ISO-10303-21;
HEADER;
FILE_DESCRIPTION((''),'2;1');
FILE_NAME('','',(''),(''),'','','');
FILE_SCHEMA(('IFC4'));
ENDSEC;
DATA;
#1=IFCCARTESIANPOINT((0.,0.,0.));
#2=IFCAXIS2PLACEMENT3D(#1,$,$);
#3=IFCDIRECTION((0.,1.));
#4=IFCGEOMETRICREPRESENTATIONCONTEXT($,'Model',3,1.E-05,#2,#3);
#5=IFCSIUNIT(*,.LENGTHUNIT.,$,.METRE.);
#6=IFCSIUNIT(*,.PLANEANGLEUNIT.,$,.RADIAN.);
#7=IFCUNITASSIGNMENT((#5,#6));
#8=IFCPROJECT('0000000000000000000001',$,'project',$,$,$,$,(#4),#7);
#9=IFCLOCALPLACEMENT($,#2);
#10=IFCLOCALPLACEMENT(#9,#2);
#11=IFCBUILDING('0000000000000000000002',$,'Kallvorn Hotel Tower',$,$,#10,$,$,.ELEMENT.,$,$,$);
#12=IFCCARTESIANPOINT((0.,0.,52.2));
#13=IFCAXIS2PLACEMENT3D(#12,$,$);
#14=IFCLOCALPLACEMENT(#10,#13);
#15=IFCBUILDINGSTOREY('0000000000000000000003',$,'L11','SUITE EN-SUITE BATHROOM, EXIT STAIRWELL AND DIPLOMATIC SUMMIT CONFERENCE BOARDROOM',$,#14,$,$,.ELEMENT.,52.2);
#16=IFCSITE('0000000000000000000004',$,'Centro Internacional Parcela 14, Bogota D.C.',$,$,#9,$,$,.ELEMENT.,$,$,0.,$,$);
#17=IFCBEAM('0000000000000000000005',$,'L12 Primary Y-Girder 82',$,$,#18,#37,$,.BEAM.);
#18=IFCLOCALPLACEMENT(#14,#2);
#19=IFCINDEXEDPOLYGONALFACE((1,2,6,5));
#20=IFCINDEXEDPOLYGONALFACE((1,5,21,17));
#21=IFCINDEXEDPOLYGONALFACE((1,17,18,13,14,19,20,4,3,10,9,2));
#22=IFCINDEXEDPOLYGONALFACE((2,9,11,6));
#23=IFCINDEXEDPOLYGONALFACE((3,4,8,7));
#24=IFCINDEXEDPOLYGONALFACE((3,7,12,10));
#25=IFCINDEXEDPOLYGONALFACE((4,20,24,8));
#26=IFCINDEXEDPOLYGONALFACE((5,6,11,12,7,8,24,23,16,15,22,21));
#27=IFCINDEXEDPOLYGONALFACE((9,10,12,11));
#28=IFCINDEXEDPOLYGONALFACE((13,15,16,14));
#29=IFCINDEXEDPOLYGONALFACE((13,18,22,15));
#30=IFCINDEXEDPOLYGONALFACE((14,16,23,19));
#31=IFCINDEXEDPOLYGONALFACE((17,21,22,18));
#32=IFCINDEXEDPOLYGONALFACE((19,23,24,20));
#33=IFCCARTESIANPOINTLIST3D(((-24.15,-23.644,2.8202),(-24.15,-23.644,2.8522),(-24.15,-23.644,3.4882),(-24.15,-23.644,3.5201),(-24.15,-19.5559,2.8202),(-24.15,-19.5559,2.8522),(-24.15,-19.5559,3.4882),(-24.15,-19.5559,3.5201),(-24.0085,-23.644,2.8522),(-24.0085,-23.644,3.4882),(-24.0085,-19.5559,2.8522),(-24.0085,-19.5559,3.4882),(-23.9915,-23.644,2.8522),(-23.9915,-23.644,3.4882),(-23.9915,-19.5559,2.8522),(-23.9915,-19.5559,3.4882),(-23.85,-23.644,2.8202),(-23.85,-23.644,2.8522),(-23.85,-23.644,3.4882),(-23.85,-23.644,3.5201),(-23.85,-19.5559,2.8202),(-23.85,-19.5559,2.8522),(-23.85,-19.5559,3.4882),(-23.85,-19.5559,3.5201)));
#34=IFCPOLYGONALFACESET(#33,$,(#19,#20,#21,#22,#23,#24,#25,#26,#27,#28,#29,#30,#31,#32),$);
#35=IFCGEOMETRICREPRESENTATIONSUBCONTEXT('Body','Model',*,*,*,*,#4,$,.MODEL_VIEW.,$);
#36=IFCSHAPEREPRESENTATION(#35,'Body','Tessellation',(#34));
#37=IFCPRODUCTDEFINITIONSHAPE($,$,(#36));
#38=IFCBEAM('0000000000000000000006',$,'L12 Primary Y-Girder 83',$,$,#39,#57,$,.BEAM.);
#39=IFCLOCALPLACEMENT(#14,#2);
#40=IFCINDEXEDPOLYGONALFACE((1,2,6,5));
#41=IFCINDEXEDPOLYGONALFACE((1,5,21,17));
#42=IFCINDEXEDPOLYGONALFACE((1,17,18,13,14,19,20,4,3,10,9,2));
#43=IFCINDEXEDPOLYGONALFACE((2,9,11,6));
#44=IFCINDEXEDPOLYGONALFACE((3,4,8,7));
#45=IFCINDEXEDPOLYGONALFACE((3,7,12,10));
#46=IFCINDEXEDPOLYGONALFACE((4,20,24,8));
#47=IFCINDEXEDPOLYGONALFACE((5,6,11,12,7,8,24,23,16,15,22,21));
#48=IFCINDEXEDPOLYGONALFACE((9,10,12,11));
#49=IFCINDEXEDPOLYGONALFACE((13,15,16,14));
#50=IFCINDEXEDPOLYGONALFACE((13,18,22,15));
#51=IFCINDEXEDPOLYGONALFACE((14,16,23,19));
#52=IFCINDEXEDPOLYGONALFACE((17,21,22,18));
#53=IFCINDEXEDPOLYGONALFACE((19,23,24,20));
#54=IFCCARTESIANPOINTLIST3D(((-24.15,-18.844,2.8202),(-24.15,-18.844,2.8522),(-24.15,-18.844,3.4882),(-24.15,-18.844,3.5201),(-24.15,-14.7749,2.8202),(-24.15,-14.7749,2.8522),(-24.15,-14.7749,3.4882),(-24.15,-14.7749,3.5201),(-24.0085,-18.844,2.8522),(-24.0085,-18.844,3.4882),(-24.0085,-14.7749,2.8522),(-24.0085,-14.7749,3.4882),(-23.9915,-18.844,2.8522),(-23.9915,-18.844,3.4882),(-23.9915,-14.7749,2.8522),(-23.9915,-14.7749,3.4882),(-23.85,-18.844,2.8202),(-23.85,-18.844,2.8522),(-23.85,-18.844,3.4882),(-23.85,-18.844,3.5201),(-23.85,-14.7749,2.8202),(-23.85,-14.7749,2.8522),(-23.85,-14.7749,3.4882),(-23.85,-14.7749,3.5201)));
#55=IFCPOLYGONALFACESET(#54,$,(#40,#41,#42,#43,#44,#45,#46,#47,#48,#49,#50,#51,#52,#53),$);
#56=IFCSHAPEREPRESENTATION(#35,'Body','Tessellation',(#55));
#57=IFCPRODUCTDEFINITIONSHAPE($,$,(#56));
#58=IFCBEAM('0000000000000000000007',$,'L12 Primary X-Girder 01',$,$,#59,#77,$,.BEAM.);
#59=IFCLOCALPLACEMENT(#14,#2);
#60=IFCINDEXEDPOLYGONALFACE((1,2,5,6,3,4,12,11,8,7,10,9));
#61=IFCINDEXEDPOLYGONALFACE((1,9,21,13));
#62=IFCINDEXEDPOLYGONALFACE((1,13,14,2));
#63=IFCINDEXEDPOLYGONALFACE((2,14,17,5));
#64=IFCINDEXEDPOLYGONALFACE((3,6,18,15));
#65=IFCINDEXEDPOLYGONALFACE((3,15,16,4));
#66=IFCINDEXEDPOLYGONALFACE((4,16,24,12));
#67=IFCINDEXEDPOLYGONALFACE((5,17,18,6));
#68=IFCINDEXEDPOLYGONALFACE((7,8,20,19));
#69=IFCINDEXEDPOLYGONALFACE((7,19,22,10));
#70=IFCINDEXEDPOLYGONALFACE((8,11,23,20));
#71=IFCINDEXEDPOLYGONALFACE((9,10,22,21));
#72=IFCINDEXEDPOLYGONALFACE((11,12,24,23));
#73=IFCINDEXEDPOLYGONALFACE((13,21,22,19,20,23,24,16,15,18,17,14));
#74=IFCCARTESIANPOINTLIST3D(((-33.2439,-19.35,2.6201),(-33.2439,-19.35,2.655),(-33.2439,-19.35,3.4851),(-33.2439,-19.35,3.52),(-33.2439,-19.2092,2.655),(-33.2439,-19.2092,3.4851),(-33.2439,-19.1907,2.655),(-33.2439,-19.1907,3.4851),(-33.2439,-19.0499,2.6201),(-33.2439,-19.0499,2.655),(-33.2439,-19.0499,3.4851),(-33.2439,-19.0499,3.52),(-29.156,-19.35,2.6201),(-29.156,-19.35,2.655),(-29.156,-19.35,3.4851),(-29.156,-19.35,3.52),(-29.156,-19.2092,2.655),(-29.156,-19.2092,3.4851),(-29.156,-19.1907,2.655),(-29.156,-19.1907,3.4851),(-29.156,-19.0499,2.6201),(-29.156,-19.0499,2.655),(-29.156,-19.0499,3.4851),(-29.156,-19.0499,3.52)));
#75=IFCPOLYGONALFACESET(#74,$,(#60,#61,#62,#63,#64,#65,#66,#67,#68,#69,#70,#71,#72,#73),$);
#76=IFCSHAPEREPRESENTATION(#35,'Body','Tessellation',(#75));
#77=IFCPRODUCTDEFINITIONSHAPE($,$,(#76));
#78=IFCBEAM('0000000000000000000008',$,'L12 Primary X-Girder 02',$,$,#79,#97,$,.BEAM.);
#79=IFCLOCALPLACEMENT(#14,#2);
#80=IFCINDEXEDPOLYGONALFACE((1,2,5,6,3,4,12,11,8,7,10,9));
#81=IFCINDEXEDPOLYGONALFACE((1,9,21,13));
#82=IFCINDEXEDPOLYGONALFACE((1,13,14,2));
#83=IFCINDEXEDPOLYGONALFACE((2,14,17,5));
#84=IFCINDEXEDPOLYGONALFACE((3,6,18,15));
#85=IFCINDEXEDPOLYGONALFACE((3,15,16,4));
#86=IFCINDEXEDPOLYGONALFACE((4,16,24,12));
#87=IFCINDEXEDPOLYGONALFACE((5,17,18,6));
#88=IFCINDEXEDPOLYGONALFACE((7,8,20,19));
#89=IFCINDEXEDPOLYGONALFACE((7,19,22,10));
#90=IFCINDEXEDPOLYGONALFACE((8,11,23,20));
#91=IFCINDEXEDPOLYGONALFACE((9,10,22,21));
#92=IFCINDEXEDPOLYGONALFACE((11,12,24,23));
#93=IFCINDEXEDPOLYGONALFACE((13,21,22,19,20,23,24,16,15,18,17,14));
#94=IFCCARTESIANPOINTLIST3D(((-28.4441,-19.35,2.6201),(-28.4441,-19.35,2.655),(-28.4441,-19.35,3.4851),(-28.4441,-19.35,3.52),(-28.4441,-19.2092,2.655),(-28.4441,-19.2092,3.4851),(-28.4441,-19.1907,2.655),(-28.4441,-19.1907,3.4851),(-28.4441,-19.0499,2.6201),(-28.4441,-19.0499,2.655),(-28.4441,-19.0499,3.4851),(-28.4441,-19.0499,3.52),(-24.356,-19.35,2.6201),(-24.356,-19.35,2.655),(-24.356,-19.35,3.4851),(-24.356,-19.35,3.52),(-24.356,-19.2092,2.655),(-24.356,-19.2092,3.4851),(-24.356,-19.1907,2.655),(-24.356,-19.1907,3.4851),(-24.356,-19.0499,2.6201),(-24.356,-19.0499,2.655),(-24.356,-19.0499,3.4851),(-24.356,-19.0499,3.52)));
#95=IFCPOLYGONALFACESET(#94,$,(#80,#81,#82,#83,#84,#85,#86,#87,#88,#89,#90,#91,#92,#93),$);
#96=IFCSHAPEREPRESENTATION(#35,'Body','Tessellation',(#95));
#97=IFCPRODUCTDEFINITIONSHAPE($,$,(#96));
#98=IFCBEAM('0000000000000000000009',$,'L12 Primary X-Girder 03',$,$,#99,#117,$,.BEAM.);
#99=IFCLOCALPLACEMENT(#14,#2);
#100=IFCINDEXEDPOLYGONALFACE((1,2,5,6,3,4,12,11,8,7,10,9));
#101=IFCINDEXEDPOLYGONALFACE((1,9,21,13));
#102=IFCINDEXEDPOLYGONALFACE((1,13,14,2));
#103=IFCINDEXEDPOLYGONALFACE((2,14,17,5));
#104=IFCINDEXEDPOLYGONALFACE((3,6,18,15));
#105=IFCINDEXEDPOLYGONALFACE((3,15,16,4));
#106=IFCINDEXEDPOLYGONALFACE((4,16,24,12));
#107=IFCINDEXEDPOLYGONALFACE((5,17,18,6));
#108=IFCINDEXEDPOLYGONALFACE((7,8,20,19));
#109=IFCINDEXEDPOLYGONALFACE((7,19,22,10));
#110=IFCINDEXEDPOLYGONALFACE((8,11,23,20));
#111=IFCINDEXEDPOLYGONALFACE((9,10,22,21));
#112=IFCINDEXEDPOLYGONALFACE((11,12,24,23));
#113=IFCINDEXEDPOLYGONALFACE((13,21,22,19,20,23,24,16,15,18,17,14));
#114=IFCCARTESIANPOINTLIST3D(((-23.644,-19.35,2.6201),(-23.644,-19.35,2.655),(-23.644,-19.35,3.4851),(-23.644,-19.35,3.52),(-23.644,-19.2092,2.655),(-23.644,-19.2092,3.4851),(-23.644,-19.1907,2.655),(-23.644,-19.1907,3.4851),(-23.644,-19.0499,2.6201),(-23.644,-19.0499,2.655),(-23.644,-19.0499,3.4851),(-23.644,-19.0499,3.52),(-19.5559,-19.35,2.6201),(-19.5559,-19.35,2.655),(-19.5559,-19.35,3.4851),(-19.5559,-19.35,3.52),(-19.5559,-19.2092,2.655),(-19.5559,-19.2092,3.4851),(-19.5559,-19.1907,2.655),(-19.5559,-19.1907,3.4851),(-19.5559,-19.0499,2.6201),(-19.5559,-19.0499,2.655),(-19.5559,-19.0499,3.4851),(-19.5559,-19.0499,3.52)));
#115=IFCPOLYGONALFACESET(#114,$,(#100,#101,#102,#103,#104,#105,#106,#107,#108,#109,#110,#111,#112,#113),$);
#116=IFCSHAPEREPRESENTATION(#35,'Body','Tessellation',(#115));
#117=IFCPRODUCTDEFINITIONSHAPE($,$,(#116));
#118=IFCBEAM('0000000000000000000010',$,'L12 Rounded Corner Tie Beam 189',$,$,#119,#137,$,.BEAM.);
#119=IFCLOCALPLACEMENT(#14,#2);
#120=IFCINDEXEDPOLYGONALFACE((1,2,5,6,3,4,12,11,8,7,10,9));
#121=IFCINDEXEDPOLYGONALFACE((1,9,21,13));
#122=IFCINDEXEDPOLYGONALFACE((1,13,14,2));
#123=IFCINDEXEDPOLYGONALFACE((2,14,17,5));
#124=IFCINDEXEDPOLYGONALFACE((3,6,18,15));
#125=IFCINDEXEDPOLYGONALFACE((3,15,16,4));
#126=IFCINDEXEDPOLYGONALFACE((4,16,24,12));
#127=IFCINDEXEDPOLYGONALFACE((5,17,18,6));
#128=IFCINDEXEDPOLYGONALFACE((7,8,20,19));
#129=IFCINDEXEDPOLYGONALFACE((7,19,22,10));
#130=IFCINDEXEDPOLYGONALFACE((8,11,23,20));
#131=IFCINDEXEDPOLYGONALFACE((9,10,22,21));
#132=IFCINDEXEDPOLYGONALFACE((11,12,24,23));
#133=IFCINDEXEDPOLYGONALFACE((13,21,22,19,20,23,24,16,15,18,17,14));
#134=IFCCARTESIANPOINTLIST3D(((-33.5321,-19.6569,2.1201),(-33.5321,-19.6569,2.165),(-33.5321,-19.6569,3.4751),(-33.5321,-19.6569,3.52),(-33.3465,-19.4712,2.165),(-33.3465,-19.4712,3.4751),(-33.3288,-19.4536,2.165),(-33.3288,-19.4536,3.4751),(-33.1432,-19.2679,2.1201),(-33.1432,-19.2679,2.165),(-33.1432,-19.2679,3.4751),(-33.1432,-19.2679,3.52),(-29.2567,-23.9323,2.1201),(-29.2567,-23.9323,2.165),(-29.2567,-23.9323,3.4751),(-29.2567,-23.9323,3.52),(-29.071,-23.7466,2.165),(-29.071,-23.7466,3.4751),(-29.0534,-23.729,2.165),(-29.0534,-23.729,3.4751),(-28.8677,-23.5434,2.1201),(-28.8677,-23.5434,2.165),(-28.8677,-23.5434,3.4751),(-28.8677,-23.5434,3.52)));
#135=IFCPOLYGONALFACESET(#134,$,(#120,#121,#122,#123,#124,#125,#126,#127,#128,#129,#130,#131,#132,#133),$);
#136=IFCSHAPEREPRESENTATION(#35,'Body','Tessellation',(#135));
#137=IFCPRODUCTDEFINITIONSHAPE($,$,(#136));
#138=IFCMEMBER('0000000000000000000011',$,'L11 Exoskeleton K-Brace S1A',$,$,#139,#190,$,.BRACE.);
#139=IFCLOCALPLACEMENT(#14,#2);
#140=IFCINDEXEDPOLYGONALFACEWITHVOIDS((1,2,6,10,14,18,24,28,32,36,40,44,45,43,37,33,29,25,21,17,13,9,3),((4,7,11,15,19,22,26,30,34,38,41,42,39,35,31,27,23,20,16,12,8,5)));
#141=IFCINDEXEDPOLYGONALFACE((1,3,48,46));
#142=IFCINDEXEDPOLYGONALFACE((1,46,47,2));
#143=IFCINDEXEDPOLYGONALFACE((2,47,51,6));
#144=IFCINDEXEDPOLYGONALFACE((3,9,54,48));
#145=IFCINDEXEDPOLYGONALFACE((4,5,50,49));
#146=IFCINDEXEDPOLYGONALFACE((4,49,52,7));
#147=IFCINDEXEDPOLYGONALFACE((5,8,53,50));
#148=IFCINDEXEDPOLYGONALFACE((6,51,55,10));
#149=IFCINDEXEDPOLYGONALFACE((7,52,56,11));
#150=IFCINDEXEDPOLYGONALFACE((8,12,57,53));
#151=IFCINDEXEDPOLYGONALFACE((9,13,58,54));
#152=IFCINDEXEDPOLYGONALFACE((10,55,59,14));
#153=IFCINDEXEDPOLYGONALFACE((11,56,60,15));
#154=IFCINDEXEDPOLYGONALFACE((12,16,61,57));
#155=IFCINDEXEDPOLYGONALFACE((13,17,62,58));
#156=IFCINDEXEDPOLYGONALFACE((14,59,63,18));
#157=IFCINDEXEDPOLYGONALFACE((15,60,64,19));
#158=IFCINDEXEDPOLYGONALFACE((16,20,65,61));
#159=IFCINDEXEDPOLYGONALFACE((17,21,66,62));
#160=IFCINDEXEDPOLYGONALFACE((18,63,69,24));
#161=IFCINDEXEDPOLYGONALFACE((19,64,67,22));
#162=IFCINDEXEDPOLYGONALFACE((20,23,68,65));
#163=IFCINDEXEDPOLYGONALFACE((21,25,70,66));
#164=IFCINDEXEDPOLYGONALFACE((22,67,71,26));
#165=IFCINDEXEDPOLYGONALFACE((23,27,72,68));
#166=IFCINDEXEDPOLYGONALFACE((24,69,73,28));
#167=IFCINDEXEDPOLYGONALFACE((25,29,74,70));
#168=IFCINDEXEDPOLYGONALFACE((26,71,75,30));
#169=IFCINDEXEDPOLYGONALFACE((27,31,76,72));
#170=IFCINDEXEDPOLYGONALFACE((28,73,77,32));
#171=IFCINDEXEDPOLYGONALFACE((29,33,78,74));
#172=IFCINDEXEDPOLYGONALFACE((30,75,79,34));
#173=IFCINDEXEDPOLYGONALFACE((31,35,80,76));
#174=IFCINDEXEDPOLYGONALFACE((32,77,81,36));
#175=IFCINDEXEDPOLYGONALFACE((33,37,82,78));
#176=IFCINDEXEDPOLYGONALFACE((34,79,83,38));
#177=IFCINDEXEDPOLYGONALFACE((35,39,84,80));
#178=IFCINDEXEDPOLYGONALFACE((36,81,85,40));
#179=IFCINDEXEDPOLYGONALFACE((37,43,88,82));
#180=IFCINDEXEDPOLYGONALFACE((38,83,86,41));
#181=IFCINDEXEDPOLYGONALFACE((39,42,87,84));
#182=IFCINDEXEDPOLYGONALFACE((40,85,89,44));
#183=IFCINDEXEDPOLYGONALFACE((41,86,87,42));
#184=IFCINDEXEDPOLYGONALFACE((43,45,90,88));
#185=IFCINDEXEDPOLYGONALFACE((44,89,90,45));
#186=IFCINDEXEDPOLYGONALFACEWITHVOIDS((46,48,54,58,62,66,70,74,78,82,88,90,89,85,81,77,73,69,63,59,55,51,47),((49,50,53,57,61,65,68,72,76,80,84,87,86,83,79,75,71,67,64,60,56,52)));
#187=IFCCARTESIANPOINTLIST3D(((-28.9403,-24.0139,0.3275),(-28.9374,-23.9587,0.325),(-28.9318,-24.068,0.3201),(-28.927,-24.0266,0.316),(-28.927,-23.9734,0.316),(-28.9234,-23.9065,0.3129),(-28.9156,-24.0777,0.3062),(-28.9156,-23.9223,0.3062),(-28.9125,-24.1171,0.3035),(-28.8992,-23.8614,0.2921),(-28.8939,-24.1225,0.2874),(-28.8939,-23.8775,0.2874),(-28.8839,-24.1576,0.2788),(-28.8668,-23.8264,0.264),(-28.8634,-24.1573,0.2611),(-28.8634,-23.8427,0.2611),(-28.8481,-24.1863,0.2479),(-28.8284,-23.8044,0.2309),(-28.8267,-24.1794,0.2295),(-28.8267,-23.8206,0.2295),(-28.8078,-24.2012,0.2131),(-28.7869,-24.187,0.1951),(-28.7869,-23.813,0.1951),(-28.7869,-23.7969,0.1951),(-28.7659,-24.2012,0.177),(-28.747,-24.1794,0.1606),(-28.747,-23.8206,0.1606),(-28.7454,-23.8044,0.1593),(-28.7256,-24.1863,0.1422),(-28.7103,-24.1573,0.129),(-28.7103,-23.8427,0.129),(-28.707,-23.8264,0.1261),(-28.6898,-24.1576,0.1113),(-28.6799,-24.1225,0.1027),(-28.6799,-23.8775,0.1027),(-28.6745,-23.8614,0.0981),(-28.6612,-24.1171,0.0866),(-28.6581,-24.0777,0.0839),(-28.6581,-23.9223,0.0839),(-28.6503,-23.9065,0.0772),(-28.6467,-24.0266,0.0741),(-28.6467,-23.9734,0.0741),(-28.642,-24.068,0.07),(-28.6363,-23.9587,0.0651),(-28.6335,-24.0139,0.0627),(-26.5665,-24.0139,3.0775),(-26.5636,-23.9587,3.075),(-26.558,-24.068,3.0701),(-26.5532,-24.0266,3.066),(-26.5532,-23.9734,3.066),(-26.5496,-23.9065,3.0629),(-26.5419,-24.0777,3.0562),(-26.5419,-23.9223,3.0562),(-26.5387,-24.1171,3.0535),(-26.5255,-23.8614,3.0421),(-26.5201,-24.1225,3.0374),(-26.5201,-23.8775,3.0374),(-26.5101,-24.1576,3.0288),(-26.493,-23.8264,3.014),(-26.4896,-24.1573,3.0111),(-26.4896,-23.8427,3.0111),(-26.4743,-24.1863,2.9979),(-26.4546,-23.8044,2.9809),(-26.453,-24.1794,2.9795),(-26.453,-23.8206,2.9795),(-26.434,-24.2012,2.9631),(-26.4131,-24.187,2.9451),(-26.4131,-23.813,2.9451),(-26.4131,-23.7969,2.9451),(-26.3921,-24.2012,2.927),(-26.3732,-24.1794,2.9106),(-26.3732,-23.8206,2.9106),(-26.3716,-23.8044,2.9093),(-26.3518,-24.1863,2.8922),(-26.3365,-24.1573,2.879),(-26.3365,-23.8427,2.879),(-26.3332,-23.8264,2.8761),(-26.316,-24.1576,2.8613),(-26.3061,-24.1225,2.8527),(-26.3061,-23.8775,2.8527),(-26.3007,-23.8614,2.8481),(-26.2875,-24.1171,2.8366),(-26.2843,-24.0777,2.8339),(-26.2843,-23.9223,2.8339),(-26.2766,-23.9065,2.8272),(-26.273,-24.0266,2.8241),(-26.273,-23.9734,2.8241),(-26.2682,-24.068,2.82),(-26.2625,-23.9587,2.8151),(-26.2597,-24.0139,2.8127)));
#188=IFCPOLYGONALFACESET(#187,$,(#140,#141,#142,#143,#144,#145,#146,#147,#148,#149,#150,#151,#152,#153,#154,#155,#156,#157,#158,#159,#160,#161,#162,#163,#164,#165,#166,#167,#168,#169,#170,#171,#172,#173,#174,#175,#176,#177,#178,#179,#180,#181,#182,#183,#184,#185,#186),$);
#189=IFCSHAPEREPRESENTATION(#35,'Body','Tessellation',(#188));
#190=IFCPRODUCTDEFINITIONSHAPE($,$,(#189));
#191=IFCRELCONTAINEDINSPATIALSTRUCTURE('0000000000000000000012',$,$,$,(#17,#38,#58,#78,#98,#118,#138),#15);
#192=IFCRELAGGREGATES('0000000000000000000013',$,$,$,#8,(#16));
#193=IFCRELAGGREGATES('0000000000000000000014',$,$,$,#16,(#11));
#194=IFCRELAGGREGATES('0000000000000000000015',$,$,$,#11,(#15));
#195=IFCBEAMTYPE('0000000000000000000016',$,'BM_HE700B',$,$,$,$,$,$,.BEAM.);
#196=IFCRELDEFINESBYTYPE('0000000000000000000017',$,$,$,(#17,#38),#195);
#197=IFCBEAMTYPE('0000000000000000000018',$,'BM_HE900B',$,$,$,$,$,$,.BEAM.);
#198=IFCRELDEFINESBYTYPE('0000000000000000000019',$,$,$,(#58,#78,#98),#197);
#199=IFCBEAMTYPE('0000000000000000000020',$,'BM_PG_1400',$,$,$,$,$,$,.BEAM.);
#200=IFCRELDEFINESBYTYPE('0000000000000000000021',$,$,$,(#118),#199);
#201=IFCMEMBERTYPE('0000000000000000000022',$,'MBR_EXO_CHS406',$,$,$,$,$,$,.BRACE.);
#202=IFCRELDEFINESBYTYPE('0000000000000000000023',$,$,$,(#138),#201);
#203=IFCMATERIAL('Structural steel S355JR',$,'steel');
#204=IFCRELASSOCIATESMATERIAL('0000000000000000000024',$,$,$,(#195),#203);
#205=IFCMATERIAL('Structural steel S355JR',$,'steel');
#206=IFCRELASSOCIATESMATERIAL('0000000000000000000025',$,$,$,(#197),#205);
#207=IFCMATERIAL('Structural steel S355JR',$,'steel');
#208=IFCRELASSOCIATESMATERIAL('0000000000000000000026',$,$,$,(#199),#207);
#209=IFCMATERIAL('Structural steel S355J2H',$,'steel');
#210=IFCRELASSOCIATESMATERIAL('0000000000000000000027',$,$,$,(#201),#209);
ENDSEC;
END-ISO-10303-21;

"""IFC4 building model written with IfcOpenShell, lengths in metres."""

from ifc_helpers import new_model, si_unit, direction, frame, origin, origin_2d, place, context, subcontext, project, spatial, hollow_circle, i_section, extrude, material, material_profile, profile_set, type_object, element, save


model = new_model("IFC4")

# Units and contexts
model_context = context("Model", 3, precision=1e-05, world=origin(), true_north=direction((0.0, 1.0)))
body_context = subcontext(model_context, "Body", "Model", "MODEL_VIEW")
ifc_project = project(units=[si_unit("LENGTHUNIT", "METRE"), si_unit("PLANEANGLEUNIT", "RADIAN")], contexts=[model_context])

# Site, building, storey
site_placement = place(None, origin())
site = spatial("IfcSite", under=ifc_project, at=site_placement, Name="Centro Internacional Parcela 14, Bogota D.C.", CompositionType="ELEMENT", RefElevation=0.0)
building_placement = place(site_placement, origin())
building = spatial("IfcBuilding", under=site, at=building_placement, Name="Kallvorn Hotel Tower", CompositionType="ELEMENT")
storey_placement = place(building_placement, frame((0.0, 0.0, 52.2)))
storey = spatial("IfcBuildingStorey", under=building, at=storey_placement, Name="L11", Description="SUITE EN-SUITE BATHROOM, EXIT STAIRWELL AND DIPLOMATIC SUMMIT CONFERENCE BOARDROOM", CompositionType="ELEMENT", Elevation=52.2)

# Beams
ifc_material_1 = material(Name="Structural steel S355JR", Category="steel")
ifc_material_profile_1 = material_profile(ifc_material_1, i_section(OverallWidth=0.3, OverallDepth=0.7, WebThickness=0.0171, FlangeThickness=0.032, at=origin_2d()), Name="HE 700 B")
ifc_profile_set_1 = profile_set([ifc_material_profile_1], Name="Structural steel S355JR")
beam_type_1 = type_object("IfcBeamType", Name="BM_HE700B", PredefinedType="BEAM", material=ifc_profile_set_1)
beam_1_placement = place(storey_placement, frame((-24.0, -23.644, 3.1702), z_axis=(0.0, 1.0, 0.0), x_axis=(-1.0, 0.0, 0.0)))
element("IfcBeam", 1, at=beam_1_placement, inside=storey, type_object=beam_type_1, Name="L12 Primary Y-Girder 82", PredefinedType="BEAM", context=body_context, shape_type="SweptSolid", body=[
    extrude(i_section(OverallWidth=0.3, OverallDepth=0.7, WebThickness=0.0171, FlangeThickness=0.032, at=origin_2d()), origin(), (0.0, 0.0, 1.0), 4.0881),
])
beam_2_placement = place(storey_placement, frame((-24.0, -18.844, 3.1702), z_axis=(0.0, 1.0, 0.0), x_axis=(-1.0, 0.0, 0.0)))
element("IfcBeam", 2, at=beam_2_placement, inside=storey, type_object=beam_type_1, Name="L12 Primary Y-Girder 83", PredefinedType="BEAM", context=body_context, shape_type="SweptSolid", body=[
    extrude(i_section(OverallWidth=0.3, OverallDepth=0.7, WebThickness=0.0171, FlangeThickness=0.032, at=origin_2d()), origin(), (0.0, 0.0, 1.0), 4.0691),
])
ifc_material_2 = material(Name="Structural steel S355JR", Category="steel")
ifc_material_profile_2 = material_profile(ifc_material_2, i_section(OverallWidth=0.3, OverallDepth=0.8999, WebThickness=0.0186, FlangeThickness=0.0349, at=origin_2d()), Name="HE 900 B")
ifc_profile_set_2 = profile_set([ifc_material_profile_2], Name="Structural steel S355JR")
beam_type_2 = type_object("IfcBeamType", Name="BM_HE900B", PredefinedType="BEAM", material=ifc_profile_set_2)
beam_3_placement = place(storey_placement, frame((-33.2439, -19.2, 3.0701), z_axis=(1.0, 0.0, 0.0), x_axis=(0.0, 1.0, 0.0)))
element("IfcBeam", 3, at=beam_3_placement, inside=storey, type_object=beam_type_2, Name="L12 Primary X-Girder 01", PredefinedType="BEAM", context=body_context, shape_type="SweptSolid", body=[
    extrude(i_section(OverallWidth=0.3, OverallDepth=0.8999, WebThickness=0.0186, FlangeThickness=0.0349, at=origin_2d()), origin(), (0.0, 0.0, 1.0), 4.0879),
])
for number, where, z_axis, x_axis, name in (
    (4, (-28.4441, -19.2, 3.0701), (1.0, 0.0, 0.0), (0.0, 1.0, 0.0), "L12 Primary X-Girder 02"),
    (5, (-23.644, -19.2, 3.0701), (1.0, 0.0, 0.0), (0.0, 1.0, 0.0), "L12 Primary X-Girder 03"),
):
    element("IfcBeam", number, at=place(storey_placement, frame(where, z_axis=z_axis, x_axis=x_axis)), inside=storey, type_object=beam_type_2, Name=name, PredefinedType="BEAM", context=body_context, shape_type="SweptSolid", body=[
        extrude(i_section(OverallWidth=0.3, OverallDepth=0.8999, WebThickness=0.0186, FlangeThickness=0.0349, at=origin_2d()), origin(), (0.0, 0.0, 1.0), 4.0881),
    ])
ifc_material_3 = material(Name="Structural steel S355JR", Category="steel")
ifc_material_profile_3 = material_profile(ifc_material_3, i_section(OverallWidth=0.55, OverallDepth=1.3999, WebThickness=0.0249, FlangeThickness=0.0449, at=origin_2d()), Name="PG 1400x550x25x45")
ifc_profile_set_3 = profile_set([ifc_material_profile_3], Name="Structural steel S355JR")
beam_type_3 = type_object("IfcBeamType", Name="BM_PG_1400", PredefinedType="BEAM", material=ifc_profile_set_3)
beam_4_placement = place(storey_placement, frame((-33.3376, -19.4624, 2.8201), z_axis=(0.707107, -0.707107, 0.0), x_axis=(0.707107, 0.707107, 0.0)))
element("IfcBeam", 6, at=beam_4_placement, inside=storey, type_object=beam_type_3, Name="L12 Rounded Corner Tie Beam 189", PredefinedType="BEAM", context=body_context, shape_type="SweptSolid", body=[
    extrude(i_section(OverallWidth=0.55, OverallDepth=1.3999, WebThickness=0.0249, FlangeThickness=0.0449, at=origin_2d()), origin(), (0.0, 0.0, 1.0), 6.0464),
])

# Member
ifc_material_4 = material(Name="Structural steel S355J2H", Category="steel")
ifc_material_profile_4 = material_profile(ifc_material_4, hollow_circle(Radius=0.2031, WallThickness=0.0161, at=origin_2d()), Name="CHS 406.4x16")
ifc_profile_set_4 = profile_set([ifc_material_profile_4], Name="Structural steel S355J2H")
member_type = type_object("IfcMemberType", Name="MBR_EXO_CHS406", PredefinedType="BRACE", material=ifc_profile_set_4)
for number, where, z_axis, x_axis, name in (
    (7, (-28.7869, -24.0, 0.1951), (0.653427, 0.0, 0.756989), (0.0, 1.0, 0.0), "L11 Exoskeleton K-Brace S1A"),
):
    element("IfcMember", number, at=place(storey_placement, frame(where, z_axis=z_axis, x_axis=x_axis)), inside=storey, type_object=member_type, Name=name, PredefinedType="BRACE", context=body_context, shape_type="SweptSolid", body=[
        extrude(hollow_circle(Radius=0.2031, WallThickness=0.0161, at=origin_2d()), origin(), (0.0, 0.0, 1.0), 3.6328),
    ])

save(model, "model.ifc")
